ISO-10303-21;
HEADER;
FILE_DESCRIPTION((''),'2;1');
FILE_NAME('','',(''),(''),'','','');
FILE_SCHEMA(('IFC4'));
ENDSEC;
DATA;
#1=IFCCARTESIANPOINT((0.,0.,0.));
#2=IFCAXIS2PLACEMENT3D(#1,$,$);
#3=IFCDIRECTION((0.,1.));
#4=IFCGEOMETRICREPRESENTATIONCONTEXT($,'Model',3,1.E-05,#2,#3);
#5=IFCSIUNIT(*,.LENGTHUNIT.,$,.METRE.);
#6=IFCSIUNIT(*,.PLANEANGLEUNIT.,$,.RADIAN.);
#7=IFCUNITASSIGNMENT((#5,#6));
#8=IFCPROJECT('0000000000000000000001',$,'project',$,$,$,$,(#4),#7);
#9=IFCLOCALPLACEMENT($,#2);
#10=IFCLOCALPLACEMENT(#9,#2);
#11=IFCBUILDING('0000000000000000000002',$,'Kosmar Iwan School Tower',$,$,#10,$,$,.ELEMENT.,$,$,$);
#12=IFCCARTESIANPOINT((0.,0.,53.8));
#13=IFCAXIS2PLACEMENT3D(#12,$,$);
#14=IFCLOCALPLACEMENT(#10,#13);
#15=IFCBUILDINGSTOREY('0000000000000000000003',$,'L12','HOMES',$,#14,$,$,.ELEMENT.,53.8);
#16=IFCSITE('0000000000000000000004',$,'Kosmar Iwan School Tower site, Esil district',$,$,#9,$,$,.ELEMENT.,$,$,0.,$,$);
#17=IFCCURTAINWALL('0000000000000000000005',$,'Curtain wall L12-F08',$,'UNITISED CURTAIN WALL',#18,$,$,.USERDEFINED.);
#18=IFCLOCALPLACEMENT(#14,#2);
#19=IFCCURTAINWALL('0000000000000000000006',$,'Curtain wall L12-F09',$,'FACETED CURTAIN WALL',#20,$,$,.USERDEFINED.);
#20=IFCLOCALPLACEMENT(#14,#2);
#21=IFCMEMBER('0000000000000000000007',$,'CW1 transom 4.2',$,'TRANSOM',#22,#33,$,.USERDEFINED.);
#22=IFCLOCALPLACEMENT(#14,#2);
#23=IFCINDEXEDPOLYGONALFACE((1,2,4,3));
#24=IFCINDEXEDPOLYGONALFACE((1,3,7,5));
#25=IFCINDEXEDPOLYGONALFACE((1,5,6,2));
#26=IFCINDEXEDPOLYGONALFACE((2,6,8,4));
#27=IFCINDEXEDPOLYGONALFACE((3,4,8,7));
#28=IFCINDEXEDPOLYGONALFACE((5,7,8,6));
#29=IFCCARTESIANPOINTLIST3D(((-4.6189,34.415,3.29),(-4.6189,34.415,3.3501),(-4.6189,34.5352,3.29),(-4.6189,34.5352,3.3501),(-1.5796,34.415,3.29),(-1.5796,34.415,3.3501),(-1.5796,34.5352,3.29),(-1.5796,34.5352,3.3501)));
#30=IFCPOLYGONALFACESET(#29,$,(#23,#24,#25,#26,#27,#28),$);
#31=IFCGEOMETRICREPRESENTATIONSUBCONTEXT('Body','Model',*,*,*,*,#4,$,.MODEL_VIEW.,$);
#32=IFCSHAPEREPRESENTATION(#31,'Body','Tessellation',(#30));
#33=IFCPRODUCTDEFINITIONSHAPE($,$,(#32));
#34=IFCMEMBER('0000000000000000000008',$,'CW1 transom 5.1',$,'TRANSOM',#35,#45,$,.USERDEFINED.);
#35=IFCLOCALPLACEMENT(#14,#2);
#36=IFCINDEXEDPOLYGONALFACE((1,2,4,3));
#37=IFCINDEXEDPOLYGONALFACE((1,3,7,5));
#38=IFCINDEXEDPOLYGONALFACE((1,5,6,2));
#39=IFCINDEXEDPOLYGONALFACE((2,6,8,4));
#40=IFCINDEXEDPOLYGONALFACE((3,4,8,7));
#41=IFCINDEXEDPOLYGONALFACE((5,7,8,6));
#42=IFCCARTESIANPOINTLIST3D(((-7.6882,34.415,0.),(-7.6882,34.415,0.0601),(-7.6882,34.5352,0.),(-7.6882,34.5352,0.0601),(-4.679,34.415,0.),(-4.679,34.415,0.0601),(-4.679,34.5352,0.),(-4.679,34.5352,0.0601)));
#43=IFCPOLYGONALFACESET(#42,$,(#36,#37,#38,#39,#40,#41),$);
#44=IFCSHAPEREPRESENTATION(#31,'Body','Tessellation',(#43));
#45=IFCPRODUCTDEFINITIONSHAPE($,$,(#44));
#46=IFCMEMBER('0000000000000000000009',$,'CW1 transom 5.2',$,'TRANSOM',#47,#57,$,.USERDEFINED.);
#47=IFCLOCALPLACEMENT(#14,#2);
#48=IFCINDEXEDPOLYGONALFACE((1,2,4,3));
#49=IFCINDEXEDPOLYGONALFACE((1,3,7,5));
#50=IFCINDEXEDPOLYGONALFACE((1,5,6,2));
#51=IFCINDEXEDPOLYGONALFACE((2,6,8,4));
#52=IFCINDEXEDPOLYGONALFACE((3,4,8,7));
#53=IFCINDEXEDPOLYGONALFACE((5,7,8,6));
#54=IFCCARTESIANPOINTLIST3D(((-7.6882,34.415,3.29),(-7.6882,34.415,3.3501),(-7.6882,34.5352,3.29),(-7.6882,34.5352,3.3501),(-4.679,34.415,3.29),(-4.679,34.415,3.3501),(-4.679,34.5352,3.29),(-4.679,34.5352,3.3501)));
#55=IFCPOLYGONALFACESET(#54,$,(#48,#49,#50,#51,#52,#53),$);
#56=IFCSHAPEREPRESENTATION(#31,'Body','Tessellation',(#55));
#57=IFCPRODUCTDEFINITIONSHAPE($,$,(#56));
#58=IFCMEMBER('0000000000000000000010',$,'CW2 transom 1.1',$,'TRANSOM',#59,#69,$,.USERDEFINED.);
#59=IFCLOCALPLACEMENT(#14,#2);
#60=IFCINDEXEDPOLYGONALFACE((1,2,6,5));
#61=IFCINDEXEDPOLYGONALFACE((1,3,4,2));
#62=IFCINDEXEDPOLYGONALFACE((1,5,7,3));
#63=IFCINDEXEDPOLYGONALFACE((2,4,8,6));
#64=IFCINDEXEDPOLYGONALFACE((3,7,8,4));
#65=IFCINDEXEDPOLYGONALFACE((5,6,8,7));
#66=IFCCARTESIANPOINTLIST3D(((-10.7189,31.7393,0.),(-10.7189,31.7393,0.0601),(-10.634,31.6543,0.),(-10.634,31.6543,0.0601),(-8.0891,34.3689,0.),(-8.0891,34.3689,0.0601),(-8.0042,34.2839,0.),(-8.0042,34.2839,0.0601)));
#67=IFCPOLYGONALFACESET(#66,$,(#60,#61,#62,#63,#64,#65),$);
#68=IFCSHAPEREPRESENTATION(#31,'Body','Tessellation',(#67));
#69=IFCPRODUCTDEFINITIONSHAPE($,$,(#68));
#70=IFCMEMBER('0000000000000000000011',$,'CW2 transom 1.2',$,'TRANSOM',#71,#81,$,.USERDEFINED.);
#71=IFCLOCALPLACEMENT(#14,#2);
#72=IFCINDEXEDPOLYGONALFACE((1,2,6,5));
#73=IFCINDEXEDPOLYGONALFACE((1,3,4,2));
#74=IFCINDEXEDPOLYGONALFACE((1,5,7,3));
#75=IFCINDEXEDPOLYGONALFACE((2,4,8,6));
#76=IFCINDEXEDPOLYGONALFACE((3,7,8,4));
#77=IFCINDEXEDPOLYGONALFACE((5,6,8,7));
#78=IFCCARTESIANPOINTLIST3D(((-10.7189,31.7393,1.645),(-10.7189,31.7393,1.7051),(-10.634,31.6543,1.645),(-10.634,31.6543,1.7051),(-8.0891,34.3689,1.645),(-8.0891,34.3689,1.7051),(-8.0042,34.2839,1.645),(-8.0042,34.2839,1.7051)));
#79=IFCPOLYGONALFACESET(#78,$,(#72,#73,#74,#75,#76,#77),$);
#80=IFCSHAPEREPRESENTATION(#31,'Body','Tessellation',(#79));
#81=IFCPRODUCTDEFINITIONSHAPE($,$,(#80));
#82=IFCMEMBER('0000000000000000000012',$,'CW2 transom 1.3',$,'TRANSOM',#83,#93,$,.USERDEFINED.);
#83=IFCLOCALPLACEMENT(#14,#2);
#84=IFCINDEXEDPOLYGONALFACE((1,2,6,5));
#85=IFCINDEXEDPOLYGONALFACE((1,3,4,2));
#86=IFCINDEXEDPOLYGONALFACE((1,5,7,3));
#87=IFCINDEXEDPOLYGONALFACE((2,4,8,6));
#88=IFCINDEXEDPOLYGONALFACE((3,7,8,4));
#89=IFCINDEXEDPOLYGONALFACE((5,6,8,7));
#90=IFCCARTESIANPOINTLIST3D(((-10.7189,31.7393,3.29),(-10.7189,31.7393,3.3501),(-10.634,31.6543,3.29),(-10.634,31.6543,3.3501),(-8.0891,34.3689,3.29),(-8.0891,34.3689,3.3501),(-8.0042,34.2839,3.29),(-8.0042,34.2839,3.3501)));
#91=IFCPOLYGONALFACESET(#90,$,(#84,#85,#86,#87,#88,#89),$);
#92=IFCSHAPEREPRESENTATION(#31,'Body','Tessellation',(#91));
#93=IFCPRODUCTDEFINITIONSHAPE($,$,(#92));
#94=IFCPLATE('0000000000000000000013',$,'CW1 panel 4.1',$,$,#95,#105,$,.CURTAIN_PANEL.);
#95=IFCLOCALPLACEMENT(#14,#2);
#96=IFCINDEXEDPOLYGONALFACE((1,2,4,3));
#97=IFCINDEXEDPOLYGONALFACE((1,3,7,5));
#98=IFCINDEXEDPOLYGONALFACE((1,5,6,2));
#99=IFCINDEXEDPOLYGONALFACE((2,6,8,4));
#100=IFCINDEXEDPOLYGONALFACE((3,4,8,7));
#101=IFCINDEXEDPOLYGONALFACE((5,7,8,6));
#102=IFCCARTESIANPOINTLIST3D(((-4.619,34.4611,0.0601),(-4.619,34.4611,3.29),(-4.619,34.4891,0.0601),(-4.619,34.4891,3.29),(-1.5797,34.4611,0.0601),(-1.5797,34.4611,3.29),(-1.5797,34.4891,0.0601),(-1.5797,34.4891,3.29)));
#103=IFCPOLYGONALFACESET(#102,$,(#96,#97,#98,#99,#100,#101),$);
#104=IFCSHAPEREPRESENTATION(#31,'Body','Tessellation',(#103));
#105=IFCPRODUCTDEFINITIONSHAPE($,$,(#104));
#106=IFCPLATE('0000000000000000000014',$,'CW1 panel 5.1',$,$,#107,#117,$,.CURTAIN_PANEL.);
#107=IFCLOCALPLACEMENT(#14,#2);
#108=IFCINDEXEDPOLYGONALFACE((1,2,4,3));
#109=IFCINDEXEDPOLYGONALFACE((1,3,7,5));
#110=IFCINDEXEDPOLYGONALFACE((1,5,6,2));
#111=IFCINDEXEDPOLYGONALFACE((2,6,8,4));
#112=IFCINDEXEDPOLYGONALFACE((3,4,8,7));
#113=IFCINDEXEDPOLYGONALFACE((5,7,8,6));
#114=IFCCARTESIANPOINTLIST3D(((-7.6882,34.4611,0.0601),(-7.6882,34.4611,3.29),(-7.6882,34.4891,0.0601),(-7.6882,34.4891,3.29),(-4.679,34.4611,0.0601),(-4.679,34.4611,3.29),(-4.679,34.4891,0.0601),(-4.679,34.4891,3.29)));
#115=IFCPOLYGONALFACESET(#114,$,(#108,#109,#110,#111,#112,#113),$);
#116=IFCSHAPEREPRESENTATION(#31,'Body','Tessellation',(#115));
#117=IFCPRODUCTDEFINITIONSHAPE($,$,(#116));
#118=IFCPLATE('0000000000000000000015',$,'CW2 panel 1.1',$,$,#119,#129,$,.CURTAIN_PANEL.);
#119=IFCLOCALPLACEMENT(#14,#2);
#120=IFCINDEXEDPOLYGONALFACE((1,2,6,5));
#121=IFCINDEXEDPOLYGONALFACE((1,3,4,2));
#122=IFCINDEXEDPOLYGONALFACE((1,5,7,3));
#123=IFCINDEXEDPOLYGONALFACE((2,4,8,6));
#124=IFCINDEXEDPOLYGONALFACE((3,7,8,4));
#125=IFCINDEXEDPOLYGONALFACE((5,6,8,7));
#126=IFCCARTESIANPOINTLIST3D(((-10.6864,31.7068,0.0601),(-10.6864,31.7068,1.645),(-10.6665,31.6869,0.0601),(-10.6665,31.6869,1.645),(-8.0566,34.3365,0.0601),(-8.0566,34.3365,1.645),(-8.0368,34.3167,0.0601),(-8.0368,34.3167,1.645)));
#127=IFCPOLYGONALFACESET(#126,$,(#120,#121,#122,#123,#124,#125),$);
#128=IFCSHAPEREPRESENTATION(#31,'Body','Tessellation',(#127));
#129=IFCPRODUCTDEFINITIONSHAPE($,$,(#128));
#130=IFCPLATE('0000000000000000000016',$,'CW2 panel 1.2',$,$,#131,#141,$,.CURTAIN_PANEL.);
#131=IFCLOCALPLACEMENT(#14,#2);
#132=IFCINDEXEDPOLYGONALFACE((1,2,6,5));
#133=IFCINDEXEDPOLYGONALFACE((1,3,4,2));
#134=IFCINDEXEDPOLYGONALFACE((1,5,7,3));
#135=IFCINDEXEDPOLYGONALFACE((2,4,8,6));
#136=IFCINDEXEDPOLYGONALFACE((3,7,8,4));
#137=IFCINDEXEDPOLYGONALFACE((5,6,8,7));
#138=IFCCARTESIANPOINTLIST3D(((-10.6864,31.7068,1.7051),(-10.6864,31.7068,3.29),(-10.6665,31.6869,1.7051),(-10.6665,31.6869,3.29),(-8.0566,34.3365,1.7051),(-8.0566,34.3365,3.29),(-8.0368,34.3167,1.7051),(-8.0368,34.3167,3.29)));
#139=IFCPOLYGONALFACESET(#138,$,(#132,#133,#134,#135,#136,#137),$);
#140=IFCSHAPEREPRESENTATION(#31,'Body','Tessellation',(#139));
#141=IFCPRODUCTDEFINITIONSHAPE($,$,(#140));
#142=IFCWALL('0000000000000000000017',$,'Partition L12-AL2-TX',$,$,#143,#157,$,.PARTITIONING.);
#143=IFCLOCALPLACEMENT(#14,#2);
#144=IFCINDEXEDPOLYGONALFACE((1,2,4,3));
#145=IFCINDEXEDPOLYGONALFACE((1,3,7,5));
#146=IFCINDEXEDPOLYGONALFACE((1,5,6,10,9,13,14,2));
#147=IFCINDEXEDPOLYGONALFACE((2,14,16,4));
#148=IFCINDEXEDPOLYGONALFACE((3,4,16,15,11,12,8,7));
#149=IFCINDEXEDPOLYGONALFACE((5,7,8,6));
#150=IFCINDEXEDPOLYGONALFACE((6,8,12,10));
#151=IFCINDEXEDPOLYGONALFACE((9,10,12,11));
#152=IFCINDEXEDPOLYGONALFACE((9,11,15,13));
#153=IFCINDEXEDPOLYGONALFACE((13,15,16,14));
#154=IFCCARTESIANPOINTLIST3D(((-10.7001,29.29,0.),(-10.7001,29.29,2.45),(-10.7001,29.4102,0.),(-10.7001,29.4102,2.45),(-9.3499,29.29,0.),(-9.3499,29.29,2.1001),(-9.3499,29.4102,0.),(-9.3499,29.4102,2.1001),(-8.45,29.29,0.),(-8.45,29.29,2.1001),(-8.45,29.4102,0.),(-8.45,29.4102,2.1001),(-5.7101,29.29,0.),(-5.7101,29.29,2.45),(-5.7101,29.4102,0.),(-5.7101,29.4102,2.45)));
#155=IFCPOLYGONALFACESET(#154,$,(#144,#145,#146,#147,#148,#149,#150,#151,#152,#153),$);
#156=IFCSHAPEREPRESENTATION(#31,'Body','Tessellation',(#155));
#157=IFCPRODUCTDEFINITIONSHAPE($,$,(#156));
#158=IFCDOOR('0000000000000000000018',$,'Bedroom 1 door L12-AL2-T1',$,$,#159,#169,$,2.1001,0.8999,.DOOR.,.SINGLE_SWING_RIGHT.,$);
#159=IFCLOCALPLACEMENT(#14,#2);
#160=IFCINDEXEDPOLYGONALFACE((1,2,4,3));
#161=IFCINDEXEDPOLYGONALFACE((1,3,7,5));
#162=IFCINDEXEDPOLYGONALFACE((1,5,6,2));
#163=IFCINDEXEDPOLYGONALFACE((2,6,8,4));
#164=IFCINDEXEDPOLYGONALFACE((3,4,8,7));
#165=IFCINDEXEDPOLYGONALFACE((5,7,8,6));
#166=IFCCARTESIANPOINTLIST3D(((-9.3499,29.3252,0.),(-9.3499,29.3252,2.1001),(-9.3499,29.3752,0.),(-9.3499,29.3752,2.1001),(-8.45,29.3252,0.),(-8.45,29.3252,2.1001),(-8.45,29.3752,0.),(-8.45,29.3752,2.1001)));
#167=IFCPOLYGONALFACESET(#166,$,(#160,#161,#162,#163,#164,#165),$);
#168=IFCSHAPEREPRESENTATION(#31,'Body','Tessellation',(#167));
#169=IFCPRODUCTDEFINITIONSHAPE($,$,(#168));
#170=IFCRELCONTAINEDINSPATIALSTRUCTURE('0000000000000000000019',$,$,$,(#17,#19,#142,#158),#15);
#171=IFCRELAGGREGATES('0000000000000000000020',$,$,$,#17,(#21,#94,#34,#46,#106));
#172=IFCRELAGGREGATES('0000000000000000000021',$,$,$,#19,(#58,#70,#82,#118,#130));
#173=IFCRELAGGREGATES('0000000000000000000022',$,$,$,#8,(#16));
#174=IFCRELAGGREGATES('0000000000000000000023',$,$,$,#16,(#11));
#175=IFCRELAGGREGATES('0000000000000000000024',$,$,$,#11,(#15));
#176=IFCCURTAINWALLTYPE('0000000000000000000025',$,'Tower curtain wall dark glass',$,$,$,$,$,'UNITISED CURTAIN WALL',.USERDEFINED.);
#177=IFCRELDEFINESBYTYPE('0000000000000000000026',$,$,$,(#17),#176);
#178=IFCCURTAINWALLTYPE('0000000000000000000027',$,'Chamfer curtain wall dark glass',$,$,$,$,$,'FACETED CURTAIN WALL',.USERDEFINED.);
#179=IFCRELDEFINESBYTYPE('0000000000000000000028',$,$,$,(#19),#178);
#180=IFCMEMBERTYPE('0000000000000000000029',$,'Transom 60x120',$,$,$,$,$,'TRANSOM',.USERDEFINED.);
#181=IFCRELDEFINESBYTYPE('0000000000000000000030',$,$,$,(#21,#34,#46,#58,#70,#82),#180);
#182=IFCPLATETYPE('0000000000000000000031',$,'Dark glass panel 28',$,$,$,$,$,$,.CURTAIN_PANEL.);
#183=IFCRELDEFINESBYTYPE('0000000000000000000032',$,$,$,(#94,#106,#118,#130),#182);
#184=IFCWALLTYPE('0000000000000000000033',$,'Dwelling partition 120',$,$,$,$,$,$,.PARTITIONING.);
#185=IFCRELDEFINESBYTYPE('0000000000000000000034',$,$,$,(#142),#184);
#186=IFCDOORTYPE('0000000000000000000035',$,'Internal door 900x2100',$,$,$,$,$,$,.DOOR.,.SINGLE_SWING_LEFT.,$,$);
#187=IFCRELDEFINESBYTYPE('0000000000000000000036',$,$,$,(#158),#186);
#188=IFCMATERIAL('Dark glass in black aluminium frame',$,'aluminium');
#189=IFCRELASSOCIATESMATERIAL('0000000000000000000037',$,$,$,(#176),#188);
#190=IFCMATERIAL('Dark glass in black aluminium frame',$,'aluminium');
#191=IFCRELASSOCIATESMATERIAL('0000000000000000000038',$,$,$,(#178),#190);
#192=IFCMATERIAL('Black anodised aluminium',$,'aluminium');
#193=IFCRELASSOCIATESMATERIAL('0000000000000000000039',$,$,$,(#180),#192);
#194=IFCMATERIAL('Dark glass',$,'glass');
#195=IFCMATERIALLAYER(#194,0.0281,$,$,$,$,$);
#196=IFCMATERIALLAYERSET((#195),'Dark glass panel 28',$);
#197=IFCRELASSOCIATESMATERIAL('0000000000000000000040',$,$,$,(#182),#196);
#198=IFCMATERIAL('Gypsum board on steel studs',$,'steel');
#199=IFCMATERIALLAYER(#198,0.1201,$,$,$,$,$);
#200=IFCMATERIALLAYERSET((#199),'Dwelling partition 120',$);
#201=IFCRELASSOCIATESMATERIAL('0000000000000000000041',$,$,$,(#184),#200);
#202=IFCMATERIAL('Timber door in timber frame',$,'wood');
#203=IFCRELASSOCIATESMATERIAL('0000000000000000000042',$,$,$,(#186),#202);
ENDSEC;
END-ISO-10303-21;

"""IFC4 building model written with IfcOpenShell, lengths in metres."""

from ifc_helpers import new_model, si_unit, direction, frame, frame_2d, origin, origin_2d, place, context, subcontext, project, spatial, rectangle, extrude, material, layer, layer_set, material_profile, profile_set, type_object, element, fill, aggregate, save


model = new_model("IFC4")

# Units and contexts
model_context = context("Model", 3, precision=1e-05, world=origin(), true_north=direction((0.0, 1.0)))
body_context = subcontext(model_context, "Body", "Model", "MODEL_VIEW")
ifc_project = project(units=[si_unit("LENGTHUNIT", "METRE"), si_unit("PLANEANGLEUNIT", "RADIAN")], contexts=[model_context])

# Site, building, storey
site_placement = place(None, origin())
site = spatial("IfcSite", under=ifc_project, at=site_placement, Name="Kosmar Iwan School Tower site, Esil district", CompositionType="ELEMENT", RefElevation=0.0)
building_placement = place(site_placement, origin())
building = spatial("IfcBuilding", under=site, at=building_placement, Name="Kosmar Iwan School Tower", CompositionType="ELEMENT")
storey_placement = place(building_placement, frame((0.0, 0.0, 53.8)))
storey = spatial("IfcBuildingStorey", under=building, at=storey_placement, Name="L12", Description="HOMES", CompositionType="ELEMENT", Elevation=53.8)

# Curtain walls
ifc_material_1 = material(Name="Dark glass in black aluminium frame", Category="aluminium")
curtain_wall_type_1 = type_object("IfcCurtainWallType", Name="Tower curtain wall dark glass", ElementType="UNITISED CURTAIN WALL", PredefinedType="USERDEFINED", material=ifc_material_1)
curtain_wall_1_placement = place(storey_placement, origin())
curtain_wall_1 = element("IfcCurtainWall", 1, at=curtain_wall_1_placement, inside=storey, type_object=curtain_wall_type_1, Name="Curtain wall L12-F08", ObjectType="UNITISED CURTAIN WALL", PredefinedType="USERDEFINED")
ifc_material_2 = material(Name="Dark glass in black aluminium frame", Category="aluminium")
curtain_wall_type_2 = type_object("IfcCurtainWallType", Name="Chamfer curtain wall dark glass", ElementType="FACETED CURTAIN WALL", PredefinedType="USERDEFINED", material=ifc_material_2)
curtain_wall_2_placement = place(storey_placement, origin())
curtain_wall_2 = element("IfcCurtainWall", 2, at=curtain_wall_2_placement, inside=storey, type_object=curtain_wall_type_2, Name="Curtain wall L12-F09", ObjectType="FACETED CURTAIN WALL", PredefinedType="USERDEFINED")

# Members
ifc_material_3 = material(Name="Black anodised aluminium", Category="aluminium")
ifc_material_profile_1 = material_profile(ifc_material_3, rectangle(XDim=0.1201, YDim=0.0601, at=origin_2d()), Name="TRANSOM 60x120")
ifc_profile_set_1 = profile_set([ifc_material_profile_1], Name="Black anodised aluminium")
member_type_1 = type_object("IfcMemberType", Name="Transom 60x120", ElementType="TRANSOM", PredefinedType="USERDEFINED", material=ifc_profile_set_1)
member_1_placement = place(storey_placement, frame((-1.5796, 34.4751, 3.3201), z_axis=(-1.0, 0.0, 0.0), x_axis=(0.0, -1.0, 0.0)))
member_1 = element("IfcMember", 3, at=member_1_placement, type_object=member_type_1, Name="CW1 transom 4.2", ObjectType="TRANSOM", PredefinedType="USERDEFINED", context=body_context, shape_type="SweptSolid", body=[
    extrude(rectangle(XDim=0.1201, YDim=0.0601, at=origin_2d()), origin(), (0.0, 0.0, 1.0), 3.0393),
])
member_2_placement = place(storey_placement, frame((-4.679, 34.4751, 0.03), z_axis=(-1.0, 0.0, 0.0), x_axis=(0.0, -1.0, 0.0)))
member_2 = element("IfcMember", 4, at=member_2_placement, type_object=member_type_1, Name="CW1 transom 5.1", ObjectType="TRANSOM", PredefinedType="USERDEFINED", context=body_context, shape_type="SweptSolid", body=[
    extrude(rectangle(XDim=0.1201, YDim=0.0601, at=origin_2d()), origin(), (0.0, 0.0, 1.0), 3.0093),
])
member_3_placement = place(storey_placement, frame((-4.679, 34.4751, 3.3201), z_axis=(-1.0, 0.0, 0.0), x_axis=(0.0, -1.0, 0.0)))
member_3 = element("IfcMember", 5, at=member_3_placement, type_object=member_type_1, Name="CW1 transom 5.2", ObjectType="TRANSOM", PredefinedType="USERDEFINED", context=body_context, shape_type="SweptSolid", body=[
    extrude(rectangle(XDim=0.1201, YDim=0.0601, at=origin_2d()), origin(), (0.0, 0.0, 1.0), 3.0093),
])
member_4_placement = place(storey_placement, frame((-8.0466, 34.3264, 0.03), z_axis=(-0.70714, -0.707074, 0.0), x_axis=(0.707074, -0.70714, 0.0)))
member_4 = element("IfcMember", 6, at=member_4_placement, type_object=member_type_1, Name="CW2 transom 1.1", ObjectType="TRANSOM", PredefinedType="USERDEFINED", context=body_context, shape_type="SweptSolid", body=[
    extrude(rectangle(XDim=0.1201, YDim=0.0601, at=origin_2d()), origin(), (0.0, 0.0, 1.0), 3.719),
])
member_5_placement = place(storey_placement, frame((-8.0466, 34.3264, 1.675), z_axis=(-0.70714, -0.707074, 0.0), x_axis=(0.707074, -0.70714, 0.0)))
member_5 = element("IfcMember", 7, at=member_5_placement, type_object=member_type_1, Name="CW2 transom 1.2", ObjectType="TRANSOM", PredefinedType="USERDEFINED", context=body_context, shape_type="SweptSolid", body=[
    extrude(rectangle(XDim=0.1201, YDim=0.0601, at=origin_2d()), origin(), (0.0, 0.0, 1.0), 3.719),
])
member_6_placement = place(storey_placement, frame((-8.0466, 34.3264, 3.3201), z_axis=(-0.70714, -0.707074, 0.0), x_axis=(0.707074, -0.70714, 0.0)))
member_6 = element("IfcMember", 8, at=member_6_placement, type_object=member_type_1, Name="CW2 transom 1.3", ObjectType="TRANSOM", PredefinedType="USERDEFINED", context=body_context, shape_type="SweptSolid", body=[
    extrude(rectangle(XDim=0.1201, YDim=0.0601, at=origin_2d()), origin(), (0.0, 0.0, 1.0), 3.719),
])

# Plates
ifc_material_4 = material(Name="Dark glass", Category="glass")
ifc_layer_1 = layer(ifc_material_4, 0.0281)
ifc_layer_set_1 = layer_set([ifc_layer_1], Name="Dark glass panel 28")
plate_type = type_object("IfcPlateType", Name="Dark glass panel 28", PredefinedType="CURTAIN_PANEL", material=ifc_layer_set_1)
plate_1_placement = place(storey_placement, frame((-3.0994, 34.4751, 0.0601), z_axis=(0.0, 0.0, 1.0), x_axis=(-1.0, 0.0, 0.0)))
plate_1 = element("IfcPlate", 9, at=plate_1_placement, type_object=plate_type, Name="CW1 panel 4.1", PredefinedType="CURTAIN_PANEL", context=body_context, shape_type="SweptSolid", body=[
    extrude(rectangle(XDim=3.0393, YDim=0.0281, at=origin_2d()), origin(), (0.0, 0.0, 1.0), 3.23),
])
plate_2_placement = place(storey_placement, frame((-6.1836, 34.4751, 0.0601), z_axis=(0.0, 0.0, 1.0), x_axis=(-1.0, 0.0, 0.0)))
plate_2 = element("IfcPlate", 10, at=plate_2_placement, type_object=plate_type, Name="CW1 panel 5.1", PredefinedType="CURTAIN_PANEL", context=body_context, shape_type="SweptSolid", body=[
    extrude(rectangle(XDim=3.0093, YDim=0.0281, at=origin_2d()), origin(), (0.0, 0.0, 1.0), 3.23),
])
aggregate(curtain_wall_1, [member_1, plate_1, member_2, member_3, plate_2])
plate_3_placement = place(storey_placement, frame((-9.3616, 33.0117, 0.0601), z_axis=(0.0, 0.0, 1.0), x_axis=(-0.707107, -0.707107, 0.0)))
plate_3 = element("IfcPlate", 11, at=plate_3_placement, type_object=plate_type, Name="CW2 panel 1.1", PredefinedType="CURTAIN_PANEL", context=body_context, shape_type="SweptSolid", body=[
    extrude(rectangle(XDim=3.719, YDim=0.0281, at=origin_2d()), origin(), (0.0, 0.0, 1.0), 1.585),
])
plate_4_placement = place(storey_placement, frame((-9.3616, 33.0117, 1.7051), z_axis=(0.0, 0.0, 1.0), x_axis=(-0.707107, -0.707107, 0.0)))
plate_4 = element("IfcPlate", 12, at=plate_4_placement, type_object=plate_type, Name="CW2 panel 1.2", PredefinedType="CURTAIN_PANEL", context=body_context, shape_type="SweptSolid", body=[
    extrude(rectangle(XDim=3.719, YDim=0.0281, at=origin_2d()), origin(), (0.0, 0.0, 1.0), 1.585),
])
aggregate(curtain_wall_2, [member_4, member_5, member_6, plate_3, plate_4])

# Wall, opening, door
ifc_material_5 = material(Name="Gypsum board on steel studs", Category="steel")
ifc_layer_2 = layer(ifc_material_5, 0.1201)
ifc_layer_set_2 = layer_set([ifc_layer_2], Name="Dwelling partition 120")
wall_type_1 = type_object("IfcWallType", Name="Dwelling partition 120", PredefinedType="PARTITIONING", material=ifc_layer_set_2)
wall_1_placement = place(storey_placement, frame((-5.71, 29.3501, 0.0), z_axis=(0.0, 0.0, 1.0), x_axis=(-1.0, 0.0, 0.0)))
wall_1 = element("IfcWall", 13, at=wall_1_placement, inside=storey, type_object=wall_type_1, Name="Partition L12-AL2-TX", PredefinedType="PARTITIONING", context=body_context, shape_type="SweptSolid", body=[
    extrude(rectangle(XDim=4.99, YDim=0.1201, at=frame_2d((2.4951, 0.0))), origin(), (0.0, 0.0, 1.0), 2.45),
])
opening_1_placement = place(wall_1_placement, frame((2.74, 0.0, 0.0)))
opening_1 = element("IfcOpeningElement", 14, at=opening_1_placement, cuts=wall_1, PredefinedType="OPENING", context=body_context, shape_type="SweptSolid", body=[
    extrude(rectangle(XDim=0.8999, YDim=2.1001, at=frame_2d((0.45, 1.05))), frame((0.0, 0.072, 0.0), z_axis=(0.0, -1.0, 0.0), x_axis=(1.0, 0.0, 0.0)), (0.0, 0.0, 1.0), 0.144),
])
ifc_material_6 = material(Name="Timber door in timber frame", Category="wood")
door_type_1 = type_object("IfcDoorType", Name="Internal door 900x2100", OperationType="SINGLE_SWING_LEFT", PredefinedType="DOOR", material=ifc_material_6)
door_1_placement = place(opening_1_placement, origin())
door_1 = element("IfcDoor", 15, at=door_1_placement, inside=storey, type_object=door_type_1, Name="Bedroom 1 door L12-AL2-T1", OperationType="SINGLE_SWING_RIGHT", OverallHeight=2.1001, OverallWidth=0.8999, PredefinedType="DOOR", context=body_context, shape_type="SweptSolid", body=[
    extrude(rectangle(XDim=0.8999, YDim=2.1001, at=frame_2d((0.45, 1.05))), frame((0.0, 0.0249, 0.0), z_axis=(0.0, -1.0, 0.0), x_axis=(1.0, 0.0, 0.0)), (0.0, 0.0, 1.0), 0.05),
])
fill(opening_1, door_1)

save(model, "model.ifc")
